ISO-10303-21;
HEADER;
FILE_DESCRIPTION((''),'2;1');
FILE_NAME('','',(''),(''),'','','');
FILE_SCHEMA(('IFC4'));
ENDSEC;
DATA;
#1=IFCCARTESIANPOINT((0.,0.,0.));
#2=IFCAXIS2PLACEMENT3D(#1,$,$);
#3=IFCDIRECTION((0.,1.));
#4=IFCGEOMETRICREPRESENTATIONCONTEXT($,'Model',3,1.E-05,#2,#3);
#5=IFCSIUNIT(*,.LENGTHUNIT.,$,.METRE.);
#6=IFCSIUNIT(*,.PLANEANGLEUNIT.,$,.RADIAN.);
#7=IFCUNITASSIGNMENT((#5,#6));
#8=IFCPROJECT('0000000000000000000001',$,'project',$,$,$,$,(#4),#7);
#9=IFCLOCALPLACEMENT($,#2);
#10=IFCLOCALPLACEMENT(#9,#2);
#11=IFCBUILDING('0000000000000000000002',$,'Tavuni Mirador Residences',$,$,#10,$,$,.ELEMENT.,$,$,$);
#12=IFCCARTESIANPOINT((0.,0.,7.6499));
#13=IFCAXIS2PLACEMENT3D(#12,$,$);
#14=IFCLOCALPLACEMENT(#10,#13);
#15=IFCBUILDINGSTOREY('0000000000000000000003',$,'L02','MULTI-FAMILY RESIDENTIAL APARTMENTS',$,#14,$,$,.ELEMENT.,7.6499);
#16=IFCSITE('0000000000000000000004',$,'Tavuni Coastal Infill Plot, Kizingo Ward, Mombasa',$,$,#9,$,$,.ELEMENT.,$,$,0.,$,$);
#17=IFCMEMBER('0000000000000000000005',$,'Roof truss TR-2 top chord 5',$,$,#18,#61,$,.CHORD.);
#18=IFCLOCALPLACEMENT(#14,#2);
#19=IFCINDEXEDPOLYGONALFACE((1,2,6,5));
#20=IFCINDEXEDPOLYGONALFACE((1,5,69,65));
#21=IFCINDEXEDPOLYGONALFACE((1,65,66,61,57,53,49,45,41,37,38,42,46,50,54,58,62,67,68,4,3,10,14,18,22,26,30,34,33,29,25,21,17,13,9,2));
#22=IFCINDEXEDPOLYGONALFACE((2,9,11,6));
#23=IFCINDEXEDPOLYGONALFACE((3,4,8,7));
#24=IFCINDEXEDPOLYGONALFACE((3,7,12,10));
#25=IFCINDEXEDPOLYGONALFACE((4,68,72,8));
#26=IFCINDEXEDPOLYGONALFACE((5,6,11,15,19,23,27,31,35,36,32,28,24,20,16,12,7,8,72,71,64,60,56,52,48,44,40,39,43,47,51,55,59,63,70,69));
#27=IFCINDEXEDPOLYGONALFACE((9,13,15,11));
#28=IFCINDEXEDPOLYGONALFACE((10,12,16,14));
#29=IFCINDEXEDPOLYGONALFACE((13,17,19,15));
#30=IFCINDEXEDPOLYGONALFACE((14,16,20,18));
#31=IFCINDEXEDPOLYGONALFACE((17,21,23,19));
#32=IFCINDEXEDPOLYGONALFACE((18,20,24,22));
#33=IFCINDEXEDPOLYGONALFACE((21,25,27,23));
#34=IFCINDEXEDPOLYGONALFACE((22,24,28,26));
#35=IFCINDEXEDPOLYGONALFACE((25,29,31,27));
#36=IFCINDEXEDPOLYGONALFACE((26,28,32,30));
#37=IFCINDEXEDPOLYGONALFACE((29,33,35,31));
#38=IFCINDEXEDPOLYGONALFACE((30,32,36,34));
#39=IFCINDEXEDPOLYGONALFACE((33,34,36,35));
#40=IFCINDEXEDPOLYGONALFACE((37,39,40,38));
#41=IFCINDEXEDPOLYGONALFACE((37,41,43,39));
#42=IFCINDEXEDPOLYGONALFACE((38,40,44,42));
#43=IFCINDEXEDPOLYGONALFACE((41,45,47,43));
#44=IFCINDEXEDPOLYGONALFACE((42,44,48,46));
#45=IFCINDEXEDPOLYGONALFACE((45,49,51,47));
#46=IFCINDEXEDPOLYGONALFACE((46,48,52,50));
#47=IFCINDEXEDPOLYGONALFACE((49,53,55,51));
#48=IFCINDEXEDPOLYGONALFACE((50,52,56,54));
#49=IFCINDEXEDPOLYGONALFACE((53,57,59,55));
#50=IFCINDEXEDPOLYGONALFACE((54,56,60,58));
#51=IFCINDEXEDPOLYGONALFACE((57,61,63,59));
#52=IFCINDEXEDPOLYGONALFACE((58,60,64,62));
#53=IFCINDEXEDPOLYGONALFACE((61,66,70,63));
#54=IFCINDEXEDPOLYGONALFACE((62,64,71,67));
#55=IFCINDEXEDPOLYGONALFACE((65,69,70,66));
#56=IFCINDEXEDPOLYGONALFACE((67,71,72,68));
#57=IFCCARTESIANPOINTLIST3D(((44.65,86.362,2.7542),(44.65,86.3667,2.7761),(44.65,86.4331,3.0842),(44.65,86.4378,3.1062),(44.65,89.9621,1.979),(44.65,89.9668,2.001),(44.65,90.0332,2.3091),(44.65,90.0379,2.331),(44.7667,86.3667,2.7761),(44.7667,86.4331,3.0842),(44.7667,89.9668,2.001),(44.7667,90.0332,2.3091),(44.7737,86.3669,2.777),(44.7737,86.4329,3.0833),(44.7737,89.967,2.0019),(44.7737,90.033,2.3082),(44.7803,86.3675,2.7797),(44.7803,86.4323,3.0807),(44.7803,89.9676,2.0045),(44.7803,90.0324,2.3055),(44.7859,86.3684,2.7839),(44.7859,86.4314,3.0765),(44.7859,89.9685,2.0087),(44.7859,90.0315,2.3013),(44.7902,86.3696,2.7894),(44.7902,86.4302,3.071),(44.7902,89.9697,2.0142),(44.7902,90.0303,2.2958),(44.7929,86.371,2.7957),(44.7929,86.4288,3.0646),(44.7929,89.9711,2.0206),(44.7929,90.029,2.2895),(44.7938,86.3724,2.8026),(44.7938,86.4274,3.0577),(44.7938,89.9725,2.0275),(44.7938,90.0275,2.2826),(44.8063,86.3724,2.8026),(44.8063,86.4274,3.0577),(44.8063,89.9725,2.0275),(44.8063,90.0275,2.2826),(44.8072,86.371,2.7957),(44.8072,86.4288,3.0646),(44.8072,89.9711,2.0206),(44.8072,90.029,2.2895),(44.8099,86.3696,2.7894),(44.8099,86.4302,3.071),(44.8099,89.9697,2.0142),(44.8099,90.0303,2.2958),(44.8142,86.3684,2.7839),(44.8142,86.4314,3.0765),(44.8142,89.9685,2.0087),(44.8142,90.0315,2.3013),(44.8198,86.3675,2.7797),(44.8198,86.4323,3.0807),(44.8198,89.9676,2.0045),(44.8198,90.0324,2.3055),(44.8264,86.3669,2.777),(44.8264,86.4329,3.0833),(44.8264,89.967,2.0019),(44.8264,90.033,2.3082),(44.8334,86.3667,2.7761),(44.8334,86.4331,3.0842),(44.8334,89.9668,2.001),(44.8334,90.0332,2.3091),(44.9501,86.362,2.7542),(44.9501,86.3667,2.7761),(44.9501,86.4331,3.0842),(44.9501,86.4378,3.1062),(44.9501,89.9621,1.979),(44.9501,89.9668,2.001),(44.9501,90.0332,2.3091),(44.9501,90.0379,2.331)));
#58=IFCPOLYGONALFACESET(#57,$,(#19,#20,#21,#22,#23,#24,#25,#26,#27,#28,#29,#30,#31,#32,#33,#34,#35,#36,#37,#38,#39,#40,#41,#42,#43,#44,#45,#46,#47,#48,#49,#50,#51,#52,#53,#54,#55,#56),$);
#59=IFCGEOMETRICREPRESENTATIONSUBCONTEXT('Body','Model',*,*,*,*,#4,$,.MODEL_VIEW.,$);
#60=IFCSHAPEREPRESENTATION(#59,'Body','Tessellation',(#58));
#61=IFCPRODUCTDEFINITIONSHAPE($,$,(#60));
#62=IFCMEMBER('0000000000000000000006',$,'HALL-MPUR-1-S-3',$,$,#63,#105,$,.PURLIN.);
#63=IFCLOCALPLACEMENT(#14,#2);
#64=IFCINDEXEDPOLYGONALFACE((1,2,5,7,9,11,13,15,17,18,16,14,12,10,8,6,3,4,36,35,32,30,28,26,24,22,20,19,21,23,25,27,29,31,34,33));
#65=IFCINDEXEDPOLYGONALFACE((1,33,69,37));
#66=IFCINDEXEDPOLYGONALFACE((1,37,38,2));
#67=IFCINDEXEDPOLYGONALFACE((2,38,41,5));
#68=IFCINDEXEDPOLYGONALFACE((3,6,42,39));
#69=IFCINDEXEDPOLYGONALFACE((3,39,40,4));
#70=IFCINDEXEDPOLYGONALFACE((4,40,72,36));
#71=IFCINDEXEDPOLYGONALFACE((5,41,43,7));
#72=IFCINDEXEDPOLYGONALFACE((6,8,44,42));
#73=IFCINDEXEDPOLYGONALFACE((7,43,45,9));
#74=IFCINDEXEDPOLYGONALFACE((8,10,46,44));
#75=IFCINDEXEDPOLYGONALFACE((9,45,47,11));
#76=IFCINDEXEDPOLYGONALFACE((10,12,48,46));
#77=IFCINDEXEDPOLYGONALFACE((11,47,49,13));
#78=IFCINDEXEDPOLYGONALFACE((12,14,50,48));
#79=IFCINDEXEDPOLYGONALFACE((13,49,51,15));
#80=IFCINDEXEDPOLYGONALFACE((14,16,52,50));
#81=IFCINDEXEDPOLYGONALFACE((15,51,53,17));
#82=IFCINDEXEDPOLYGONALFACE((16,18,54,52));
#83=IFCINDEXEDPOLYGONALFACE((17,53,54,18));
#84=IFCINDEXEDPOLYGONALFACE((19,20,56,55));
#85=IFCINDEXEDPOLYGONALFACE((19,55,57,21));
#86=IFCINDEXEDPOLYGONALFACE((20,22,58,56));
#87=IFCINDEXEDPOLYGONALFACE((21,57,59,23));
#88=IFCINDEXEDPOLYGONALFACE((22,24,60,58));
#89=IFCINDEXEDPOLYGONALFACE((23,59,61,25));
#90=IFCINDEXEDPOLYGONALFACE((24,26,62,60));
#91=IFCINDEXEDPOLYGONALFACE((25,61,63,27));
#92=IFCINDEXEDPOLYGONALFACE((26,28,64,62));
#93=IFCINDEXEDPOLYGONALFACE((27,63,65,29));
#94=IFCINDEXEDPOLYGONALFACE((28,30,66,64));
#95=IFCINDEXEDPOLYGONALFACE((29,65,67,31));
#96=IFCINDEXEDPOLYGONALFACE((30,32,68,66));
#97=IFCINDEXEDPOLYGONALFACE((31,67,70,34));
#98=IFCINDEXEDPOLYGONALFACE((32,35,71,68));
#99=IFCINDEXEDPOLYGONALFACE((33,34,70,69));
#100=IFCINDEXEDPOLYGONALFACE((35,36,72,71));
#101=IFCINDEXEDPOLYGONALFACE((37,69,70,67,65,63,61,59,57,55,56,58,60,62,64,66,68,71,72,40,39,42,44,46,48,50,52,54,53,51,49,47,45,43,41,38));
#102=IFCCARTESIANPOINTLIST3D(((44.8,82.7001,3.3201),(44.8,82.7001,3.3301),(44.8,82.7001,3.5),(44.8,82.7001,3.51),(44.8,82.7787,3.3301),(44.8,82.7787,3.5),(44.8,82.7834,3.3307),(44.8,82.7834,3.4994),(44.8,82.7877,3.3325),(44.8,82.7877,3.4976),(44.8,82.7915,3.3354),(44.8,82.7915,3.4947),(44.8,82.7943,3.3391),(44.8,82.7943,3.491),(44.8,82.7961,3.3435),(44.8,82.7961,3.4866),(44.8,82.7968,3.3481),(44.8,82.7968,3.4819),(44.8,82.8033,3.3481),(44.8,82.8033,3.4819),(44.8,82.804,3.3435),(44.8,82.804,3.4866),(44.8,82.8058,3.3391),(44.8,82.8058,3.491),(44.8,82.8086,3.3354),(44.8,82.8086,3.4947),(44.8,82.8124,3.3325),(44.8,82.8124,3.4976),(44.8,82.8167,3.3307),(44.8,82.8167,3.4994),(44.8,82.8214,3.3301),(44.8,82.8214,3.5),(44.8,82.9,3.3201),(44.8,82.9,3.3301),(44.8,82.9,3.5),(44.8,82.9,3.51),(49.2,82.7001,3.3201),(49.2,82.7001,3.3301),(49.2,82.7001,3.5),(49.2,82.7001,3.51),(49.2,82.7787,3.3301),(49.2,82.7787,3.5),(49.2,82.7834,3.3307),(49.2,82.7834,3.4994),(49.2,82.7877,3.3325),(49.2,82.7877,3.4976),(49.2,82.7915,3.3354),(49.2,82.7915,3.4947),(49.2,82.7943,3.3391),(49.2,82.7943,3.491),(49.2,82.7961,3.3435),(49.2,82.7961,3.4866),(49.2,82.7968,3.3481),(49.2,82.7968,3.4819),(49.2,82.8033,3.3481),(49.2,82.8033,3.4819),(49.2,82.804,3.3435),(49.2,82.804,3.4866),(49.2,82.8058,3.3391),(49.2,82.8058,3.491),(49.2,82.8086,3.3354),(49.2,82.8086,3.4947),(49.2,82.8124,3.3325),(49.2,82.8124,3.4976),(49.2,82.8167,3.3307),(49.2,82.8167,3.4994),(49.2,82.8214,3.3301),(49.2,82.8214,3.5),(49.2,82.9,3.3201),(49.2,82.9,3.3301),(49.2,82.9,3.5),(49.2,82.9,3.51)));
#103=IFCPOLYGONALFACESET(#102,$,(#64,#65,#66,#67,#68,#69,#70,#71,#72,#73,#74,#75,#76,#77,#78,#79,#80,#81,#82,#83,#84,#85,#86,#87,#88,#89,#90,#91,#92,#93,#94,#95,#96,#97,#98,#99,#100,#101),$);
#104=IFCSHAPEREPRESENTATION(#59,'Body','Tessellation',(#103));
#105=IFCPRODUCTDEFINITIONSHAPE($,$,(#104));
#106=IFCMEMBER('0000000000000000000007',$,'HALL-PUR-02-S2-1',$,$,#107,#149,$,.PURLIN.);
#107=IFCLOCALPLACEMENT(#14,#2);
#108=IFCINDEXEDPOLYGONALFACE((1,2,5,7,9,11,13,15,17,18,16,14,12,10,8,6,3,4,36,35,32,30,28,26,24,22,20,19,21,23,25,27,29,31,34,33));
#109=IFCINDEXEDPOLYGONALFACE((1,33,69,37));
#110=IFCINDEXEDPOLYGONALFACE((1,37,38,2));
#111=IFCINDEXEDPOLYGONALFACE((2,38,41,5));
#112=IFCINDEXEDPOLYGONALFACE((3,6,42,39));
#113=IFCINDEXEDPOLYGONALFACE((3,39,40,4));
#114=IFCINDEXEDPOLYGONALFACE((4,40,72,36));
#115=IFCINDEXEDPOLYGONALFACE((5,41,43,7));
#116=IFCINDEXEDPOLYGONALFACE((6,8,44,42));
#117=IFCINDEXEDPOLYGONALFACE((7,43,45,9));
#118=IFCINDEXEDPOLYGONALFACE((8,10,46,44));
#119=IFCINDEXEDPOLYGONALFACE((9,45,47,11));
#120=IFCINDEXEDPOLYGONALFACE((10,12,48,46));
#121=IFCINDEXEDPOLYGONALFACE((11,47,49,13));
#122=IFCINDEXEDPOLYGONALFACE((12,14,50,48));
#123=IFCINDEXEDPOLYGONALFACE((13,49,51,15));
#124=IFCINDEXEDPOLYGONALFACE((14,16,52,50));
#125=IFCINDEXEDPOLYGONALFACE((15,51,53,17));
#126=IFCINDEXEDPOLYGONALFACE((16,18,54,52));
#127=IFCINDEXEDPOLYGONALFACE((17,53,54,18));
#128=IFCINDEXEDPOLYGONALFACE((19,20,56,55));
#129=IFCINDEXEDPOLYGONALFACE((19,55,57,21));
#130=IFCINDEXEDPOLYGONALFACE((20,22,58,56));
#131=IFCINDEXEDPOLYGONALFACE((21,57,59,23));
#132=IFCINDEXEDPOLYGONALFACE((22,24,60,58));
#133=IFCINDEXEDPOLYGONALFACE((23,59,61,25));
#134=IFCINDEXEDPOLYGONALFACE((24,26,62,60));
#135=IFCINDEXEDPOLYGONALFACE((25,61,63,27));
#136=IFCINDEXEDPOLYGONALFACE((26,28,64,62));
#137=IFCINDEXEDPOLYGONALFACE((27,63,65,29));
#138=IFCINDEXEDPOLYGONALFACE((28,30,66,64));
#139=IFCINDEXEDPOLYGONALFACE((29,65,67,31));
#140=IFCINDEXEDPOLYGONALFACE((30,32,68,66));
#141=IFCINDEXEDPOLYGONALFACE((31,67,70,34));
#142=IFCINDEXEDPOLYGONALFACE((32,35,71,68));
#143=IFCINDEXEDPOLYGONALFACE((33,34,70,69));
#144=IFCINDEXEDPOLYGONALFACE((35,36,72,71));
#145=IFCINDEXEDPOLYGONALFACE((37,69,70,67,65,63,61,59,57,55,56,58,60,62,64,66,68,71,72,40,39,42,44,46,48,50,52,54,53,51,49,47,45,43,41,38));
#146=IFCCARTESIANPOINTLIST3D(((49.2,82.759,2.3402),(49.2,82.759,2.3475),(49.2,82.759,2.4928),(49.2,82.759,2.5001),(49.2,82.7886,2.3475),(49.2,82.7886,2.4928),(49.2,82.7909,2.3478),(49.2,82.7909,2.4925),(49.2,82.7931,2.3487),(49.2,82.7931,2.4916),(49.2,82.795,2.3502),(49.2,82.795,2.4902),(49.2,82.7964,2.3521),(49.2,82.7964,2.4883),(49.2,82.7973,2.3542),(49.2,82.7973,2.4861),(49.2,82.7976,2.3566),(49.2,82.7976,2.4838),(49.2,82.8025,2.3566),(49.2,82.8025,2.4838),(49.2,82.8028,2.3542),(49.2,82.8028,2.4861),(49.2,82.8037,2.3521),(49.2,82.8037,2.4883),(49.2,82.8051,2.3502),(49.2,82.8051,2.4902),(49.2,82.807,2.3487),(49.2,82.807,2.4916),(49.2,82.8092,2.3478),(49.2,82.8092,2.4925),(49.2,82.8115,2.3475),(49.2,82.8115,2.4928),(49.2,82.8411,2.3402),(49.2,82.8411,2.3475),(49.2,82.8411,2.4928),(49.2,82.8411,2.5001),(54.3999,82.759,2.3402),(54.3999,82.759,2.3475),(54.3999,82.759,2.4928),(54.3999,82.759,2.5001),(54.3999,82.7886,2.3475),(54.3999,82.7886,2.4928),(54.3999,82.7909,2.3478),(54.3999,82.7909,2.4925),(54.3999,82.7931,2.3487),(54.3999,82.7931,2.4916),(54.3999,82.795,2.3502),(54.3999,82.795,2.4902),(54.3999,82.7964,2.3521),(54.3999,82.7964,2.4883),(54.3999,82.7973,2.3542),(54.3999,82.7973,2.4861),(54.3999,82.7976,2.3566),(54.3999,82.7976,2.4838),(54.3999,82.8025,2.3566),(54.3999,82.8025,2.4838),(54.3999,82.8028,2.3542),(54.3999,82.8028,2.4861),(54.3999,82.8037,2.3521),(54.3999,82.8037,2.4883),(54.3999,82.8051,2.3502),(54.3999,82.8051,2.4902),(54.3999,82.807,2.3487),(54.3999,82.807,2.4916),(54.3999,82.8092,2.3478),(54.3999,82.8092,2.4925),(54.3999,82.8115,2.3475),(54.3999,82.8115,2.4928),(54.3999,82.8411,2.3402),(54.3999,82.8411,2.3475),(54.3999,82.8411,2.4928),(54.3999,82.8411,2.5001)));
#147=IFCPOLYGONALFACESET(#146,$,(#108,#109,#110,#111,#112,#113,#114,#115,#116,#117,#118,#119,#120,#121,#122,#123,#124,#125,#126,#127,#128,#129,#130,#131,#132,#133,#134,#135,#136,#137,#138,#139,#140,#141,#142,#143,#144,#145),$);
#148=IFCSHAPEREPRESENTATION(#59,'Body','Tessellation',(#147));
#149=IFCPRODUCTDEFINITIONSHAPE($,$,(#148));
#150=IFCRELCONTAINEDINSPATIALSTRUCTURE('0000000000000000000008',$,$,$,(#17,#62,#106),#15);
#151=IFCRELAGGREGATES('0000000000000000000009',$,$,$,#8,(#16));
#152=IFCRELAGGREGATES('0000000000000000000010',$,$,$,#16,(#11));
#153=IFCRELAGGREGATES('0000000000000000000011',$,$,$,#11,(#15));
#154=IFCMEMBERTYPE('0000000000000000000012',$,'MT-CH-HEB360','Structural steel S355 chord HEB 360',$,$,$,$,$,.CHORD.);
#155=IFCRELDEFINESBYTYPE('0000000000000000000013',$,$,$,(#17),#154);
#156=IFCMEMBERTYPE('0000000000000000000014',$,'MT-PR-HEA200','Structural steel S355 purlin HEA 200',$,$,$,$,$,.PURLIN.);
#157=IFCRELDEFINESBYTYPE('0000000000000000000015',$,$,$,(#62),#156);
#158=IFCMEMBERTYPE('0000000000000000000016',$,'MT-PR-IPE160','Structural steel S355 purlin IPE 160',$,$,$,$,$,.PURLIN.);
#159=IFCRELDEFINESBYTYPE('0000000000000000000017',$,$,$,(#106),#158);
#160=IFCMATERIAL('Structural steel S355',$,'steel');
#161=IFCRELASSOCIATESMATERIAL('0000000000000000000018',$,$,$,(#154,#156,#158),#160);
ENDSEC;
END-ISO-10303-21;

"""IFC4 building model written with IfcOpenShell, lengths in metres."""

from ifc_helpers import new_model, si_unit, direction, frame, origin, origin_2d, place, context, subcontext, project, spatial, i_section, extrude, material, material_profile, profile_set, type_object, element, save


model = new_model("IFC4")

# Units and contexts
model_context = context("Model", 3, precision=1e-05, world=origin(), true_north=direction((0.0, 1.0)))
body_context = subcontext(model_context, "Body", "Model", "MODEL_VIEW")
ifc_project = project(units=[si_unit("LENGTHUNIT", "METRE"), si_unit("PLANEANGLEUNIT", "RADIAN")], contexts=[model_context])

# Site, building, storey
site_placement = place(None, origin())
site = spatial("IfcSite", under=ifc_project, at=site_placement, Name="Tavuni Coastal Infill Plot, Kizingo Ward, Mombasa", CompositionType="ELEMENT", RefElevation=0.0)
building_placement = place(site_placement, origin())
building = spatial("IfcBuilding", under=site, at=building_placement, Name="Tavuni Mirador Residences", CompositionType="ELEMENT")
storey_placement = place(building_placement, frame((0.0, 0.0, 7.6499)))
storey = spatial("IfcBuildingStorey", under=building, at=storey_placement, Name="L02", Description="MULTI-FAMILY RESIDENTIAL APARTMENTS", CompositionType="ELEMENT", Elevation=7.6499)

# Members
ifc_material_1 = material(Name="Structural steel S355", Category="steel")
ifc_material_profile_1 = material_profile(ifc_material_1, i_section(OverallWidth=0.3, OverallDepth=0.3601, WebThickness=0.0125, FlangeThickness=0.0225, FilletRadius=0.0271, at=origin_2d()), Name="HEB 360", Category="steel")
ifc_profile_set_1 = profile_set([ifc_material_profile_1], Name="Structural steel S355")
member_type_1 = type_object("IfcMemberType", Name="MT-CH-HEB360", Description="Structural steel S355 chord HEB 360", PredefinedType="CHORD", material=ifc_profile_set_1)
member_1_placement = place(storey_placement, frame((44.8, 86.3999, 2.9302), z_axis=(0.0, 0.977596, -0.210489), x_axis=(-1.0, 0.0, 0.0)))
element("IfcMember", 1, at=member_1_placement, inside=storey, type_object=member_type_1, Name="Roof truss TR-2 top chord 5", PredefinedType="CHORD", context=body_context, shape_type="SweptSolid", body=[
    extrude(i_section(OverallWidth=0.3, OverallDepth=0.3601, WebThickness=0.0125, FlangeThickness=0.0225, FilletRadius=0.0271, at=origin_2d()), origin(), (0.0, 0.0, 1.0), 3.6826),
])
ifc_material_profile_2 = material_profile(ifc_material_1, i_section(OverallWidth=0.2, OverallDepth=0.1899, WebThickness=0.0066, FlangeThickness=0.01, FilletRadius=0.0181, at=origin_2d()), Name="HEA 200", Category="steel")
ifc_profile_set_2 = profile_set([ifc_material_profile_2], Name="Structural steel S355")
member_type_2 = type_object("IfcMemberType", Name="MT-PR-HEA200", Description="Structural steel S355 purlin HEA 200", PredefinedType="PURLIN", material=ifc_profile_set_2)
member_2_placement = place(storey_placement, frame((44.8, 82.8, 3.415), z_axis=(1.0, 0.0, 0.0), x_axis=(0.0, 1.0, 0.0)))
element("IfcMember", 2, at=member_2_placement, inside=storey, type_object=member_type_2, Name="HALL-MPUR-1-S-3", PredefinedType="PURLIN", context=body_context, shape_type="SweptSolid", body=[
    extrude(i_section(OverallWidth=0.2, OverallDepth=0.1899, WebThickness=0.0066, FlangeThickness=0.01, FilletRadius=0.0181, at=origin_2d()), origin(), (0.0, 0.0, 1.0), 4.3999),
])
ifc_material_profile_3 = material_profile(ifc_material_1, i_section(OverallWidth=0.082, OverallDepth=0.1599, WebThickness=0.0049, FlangeThickness=0.0073, FilletRadius=0.009, at=origin_2d()), Name="IPE 160", Category="steel")
ifc_profile_set_3 = profile_set([ifc_material_profile_3], Name="Structural steel S355")
member_type_3 = type_object("IfcMemberType", Name="MT-PR-IPE160", Description="Structural steel S355 purlin IPE 160", PredefinedType="PURLIN", material=ifc_profile_set_3)
member_3_placement = place(storey_placement, frame((49.2, 82.8, 2.4202), z_axis=(1.0, 0.0, 0.0), x_axis=(0.0, 1.0, 0.0)))
element("IfcMember", 3, at=member_3_placement, inside=storey, type_object=member_type_3, Name="HALL-PUR-02-S2-1", PredefinedType="PURLIN", context=body_context, shape_type="SweptSolid", body=[
    extrude(i_section(OverallWidth=0.082, OverallDepth=0.1599, WebThickness=0.0049, FlangeThickness=0.0073, FilletRadius=0.009, at=origin_2d()), origin(), (0.0, 0.0, 1.0), 5.2),
])

save(model, "model.ifc")
